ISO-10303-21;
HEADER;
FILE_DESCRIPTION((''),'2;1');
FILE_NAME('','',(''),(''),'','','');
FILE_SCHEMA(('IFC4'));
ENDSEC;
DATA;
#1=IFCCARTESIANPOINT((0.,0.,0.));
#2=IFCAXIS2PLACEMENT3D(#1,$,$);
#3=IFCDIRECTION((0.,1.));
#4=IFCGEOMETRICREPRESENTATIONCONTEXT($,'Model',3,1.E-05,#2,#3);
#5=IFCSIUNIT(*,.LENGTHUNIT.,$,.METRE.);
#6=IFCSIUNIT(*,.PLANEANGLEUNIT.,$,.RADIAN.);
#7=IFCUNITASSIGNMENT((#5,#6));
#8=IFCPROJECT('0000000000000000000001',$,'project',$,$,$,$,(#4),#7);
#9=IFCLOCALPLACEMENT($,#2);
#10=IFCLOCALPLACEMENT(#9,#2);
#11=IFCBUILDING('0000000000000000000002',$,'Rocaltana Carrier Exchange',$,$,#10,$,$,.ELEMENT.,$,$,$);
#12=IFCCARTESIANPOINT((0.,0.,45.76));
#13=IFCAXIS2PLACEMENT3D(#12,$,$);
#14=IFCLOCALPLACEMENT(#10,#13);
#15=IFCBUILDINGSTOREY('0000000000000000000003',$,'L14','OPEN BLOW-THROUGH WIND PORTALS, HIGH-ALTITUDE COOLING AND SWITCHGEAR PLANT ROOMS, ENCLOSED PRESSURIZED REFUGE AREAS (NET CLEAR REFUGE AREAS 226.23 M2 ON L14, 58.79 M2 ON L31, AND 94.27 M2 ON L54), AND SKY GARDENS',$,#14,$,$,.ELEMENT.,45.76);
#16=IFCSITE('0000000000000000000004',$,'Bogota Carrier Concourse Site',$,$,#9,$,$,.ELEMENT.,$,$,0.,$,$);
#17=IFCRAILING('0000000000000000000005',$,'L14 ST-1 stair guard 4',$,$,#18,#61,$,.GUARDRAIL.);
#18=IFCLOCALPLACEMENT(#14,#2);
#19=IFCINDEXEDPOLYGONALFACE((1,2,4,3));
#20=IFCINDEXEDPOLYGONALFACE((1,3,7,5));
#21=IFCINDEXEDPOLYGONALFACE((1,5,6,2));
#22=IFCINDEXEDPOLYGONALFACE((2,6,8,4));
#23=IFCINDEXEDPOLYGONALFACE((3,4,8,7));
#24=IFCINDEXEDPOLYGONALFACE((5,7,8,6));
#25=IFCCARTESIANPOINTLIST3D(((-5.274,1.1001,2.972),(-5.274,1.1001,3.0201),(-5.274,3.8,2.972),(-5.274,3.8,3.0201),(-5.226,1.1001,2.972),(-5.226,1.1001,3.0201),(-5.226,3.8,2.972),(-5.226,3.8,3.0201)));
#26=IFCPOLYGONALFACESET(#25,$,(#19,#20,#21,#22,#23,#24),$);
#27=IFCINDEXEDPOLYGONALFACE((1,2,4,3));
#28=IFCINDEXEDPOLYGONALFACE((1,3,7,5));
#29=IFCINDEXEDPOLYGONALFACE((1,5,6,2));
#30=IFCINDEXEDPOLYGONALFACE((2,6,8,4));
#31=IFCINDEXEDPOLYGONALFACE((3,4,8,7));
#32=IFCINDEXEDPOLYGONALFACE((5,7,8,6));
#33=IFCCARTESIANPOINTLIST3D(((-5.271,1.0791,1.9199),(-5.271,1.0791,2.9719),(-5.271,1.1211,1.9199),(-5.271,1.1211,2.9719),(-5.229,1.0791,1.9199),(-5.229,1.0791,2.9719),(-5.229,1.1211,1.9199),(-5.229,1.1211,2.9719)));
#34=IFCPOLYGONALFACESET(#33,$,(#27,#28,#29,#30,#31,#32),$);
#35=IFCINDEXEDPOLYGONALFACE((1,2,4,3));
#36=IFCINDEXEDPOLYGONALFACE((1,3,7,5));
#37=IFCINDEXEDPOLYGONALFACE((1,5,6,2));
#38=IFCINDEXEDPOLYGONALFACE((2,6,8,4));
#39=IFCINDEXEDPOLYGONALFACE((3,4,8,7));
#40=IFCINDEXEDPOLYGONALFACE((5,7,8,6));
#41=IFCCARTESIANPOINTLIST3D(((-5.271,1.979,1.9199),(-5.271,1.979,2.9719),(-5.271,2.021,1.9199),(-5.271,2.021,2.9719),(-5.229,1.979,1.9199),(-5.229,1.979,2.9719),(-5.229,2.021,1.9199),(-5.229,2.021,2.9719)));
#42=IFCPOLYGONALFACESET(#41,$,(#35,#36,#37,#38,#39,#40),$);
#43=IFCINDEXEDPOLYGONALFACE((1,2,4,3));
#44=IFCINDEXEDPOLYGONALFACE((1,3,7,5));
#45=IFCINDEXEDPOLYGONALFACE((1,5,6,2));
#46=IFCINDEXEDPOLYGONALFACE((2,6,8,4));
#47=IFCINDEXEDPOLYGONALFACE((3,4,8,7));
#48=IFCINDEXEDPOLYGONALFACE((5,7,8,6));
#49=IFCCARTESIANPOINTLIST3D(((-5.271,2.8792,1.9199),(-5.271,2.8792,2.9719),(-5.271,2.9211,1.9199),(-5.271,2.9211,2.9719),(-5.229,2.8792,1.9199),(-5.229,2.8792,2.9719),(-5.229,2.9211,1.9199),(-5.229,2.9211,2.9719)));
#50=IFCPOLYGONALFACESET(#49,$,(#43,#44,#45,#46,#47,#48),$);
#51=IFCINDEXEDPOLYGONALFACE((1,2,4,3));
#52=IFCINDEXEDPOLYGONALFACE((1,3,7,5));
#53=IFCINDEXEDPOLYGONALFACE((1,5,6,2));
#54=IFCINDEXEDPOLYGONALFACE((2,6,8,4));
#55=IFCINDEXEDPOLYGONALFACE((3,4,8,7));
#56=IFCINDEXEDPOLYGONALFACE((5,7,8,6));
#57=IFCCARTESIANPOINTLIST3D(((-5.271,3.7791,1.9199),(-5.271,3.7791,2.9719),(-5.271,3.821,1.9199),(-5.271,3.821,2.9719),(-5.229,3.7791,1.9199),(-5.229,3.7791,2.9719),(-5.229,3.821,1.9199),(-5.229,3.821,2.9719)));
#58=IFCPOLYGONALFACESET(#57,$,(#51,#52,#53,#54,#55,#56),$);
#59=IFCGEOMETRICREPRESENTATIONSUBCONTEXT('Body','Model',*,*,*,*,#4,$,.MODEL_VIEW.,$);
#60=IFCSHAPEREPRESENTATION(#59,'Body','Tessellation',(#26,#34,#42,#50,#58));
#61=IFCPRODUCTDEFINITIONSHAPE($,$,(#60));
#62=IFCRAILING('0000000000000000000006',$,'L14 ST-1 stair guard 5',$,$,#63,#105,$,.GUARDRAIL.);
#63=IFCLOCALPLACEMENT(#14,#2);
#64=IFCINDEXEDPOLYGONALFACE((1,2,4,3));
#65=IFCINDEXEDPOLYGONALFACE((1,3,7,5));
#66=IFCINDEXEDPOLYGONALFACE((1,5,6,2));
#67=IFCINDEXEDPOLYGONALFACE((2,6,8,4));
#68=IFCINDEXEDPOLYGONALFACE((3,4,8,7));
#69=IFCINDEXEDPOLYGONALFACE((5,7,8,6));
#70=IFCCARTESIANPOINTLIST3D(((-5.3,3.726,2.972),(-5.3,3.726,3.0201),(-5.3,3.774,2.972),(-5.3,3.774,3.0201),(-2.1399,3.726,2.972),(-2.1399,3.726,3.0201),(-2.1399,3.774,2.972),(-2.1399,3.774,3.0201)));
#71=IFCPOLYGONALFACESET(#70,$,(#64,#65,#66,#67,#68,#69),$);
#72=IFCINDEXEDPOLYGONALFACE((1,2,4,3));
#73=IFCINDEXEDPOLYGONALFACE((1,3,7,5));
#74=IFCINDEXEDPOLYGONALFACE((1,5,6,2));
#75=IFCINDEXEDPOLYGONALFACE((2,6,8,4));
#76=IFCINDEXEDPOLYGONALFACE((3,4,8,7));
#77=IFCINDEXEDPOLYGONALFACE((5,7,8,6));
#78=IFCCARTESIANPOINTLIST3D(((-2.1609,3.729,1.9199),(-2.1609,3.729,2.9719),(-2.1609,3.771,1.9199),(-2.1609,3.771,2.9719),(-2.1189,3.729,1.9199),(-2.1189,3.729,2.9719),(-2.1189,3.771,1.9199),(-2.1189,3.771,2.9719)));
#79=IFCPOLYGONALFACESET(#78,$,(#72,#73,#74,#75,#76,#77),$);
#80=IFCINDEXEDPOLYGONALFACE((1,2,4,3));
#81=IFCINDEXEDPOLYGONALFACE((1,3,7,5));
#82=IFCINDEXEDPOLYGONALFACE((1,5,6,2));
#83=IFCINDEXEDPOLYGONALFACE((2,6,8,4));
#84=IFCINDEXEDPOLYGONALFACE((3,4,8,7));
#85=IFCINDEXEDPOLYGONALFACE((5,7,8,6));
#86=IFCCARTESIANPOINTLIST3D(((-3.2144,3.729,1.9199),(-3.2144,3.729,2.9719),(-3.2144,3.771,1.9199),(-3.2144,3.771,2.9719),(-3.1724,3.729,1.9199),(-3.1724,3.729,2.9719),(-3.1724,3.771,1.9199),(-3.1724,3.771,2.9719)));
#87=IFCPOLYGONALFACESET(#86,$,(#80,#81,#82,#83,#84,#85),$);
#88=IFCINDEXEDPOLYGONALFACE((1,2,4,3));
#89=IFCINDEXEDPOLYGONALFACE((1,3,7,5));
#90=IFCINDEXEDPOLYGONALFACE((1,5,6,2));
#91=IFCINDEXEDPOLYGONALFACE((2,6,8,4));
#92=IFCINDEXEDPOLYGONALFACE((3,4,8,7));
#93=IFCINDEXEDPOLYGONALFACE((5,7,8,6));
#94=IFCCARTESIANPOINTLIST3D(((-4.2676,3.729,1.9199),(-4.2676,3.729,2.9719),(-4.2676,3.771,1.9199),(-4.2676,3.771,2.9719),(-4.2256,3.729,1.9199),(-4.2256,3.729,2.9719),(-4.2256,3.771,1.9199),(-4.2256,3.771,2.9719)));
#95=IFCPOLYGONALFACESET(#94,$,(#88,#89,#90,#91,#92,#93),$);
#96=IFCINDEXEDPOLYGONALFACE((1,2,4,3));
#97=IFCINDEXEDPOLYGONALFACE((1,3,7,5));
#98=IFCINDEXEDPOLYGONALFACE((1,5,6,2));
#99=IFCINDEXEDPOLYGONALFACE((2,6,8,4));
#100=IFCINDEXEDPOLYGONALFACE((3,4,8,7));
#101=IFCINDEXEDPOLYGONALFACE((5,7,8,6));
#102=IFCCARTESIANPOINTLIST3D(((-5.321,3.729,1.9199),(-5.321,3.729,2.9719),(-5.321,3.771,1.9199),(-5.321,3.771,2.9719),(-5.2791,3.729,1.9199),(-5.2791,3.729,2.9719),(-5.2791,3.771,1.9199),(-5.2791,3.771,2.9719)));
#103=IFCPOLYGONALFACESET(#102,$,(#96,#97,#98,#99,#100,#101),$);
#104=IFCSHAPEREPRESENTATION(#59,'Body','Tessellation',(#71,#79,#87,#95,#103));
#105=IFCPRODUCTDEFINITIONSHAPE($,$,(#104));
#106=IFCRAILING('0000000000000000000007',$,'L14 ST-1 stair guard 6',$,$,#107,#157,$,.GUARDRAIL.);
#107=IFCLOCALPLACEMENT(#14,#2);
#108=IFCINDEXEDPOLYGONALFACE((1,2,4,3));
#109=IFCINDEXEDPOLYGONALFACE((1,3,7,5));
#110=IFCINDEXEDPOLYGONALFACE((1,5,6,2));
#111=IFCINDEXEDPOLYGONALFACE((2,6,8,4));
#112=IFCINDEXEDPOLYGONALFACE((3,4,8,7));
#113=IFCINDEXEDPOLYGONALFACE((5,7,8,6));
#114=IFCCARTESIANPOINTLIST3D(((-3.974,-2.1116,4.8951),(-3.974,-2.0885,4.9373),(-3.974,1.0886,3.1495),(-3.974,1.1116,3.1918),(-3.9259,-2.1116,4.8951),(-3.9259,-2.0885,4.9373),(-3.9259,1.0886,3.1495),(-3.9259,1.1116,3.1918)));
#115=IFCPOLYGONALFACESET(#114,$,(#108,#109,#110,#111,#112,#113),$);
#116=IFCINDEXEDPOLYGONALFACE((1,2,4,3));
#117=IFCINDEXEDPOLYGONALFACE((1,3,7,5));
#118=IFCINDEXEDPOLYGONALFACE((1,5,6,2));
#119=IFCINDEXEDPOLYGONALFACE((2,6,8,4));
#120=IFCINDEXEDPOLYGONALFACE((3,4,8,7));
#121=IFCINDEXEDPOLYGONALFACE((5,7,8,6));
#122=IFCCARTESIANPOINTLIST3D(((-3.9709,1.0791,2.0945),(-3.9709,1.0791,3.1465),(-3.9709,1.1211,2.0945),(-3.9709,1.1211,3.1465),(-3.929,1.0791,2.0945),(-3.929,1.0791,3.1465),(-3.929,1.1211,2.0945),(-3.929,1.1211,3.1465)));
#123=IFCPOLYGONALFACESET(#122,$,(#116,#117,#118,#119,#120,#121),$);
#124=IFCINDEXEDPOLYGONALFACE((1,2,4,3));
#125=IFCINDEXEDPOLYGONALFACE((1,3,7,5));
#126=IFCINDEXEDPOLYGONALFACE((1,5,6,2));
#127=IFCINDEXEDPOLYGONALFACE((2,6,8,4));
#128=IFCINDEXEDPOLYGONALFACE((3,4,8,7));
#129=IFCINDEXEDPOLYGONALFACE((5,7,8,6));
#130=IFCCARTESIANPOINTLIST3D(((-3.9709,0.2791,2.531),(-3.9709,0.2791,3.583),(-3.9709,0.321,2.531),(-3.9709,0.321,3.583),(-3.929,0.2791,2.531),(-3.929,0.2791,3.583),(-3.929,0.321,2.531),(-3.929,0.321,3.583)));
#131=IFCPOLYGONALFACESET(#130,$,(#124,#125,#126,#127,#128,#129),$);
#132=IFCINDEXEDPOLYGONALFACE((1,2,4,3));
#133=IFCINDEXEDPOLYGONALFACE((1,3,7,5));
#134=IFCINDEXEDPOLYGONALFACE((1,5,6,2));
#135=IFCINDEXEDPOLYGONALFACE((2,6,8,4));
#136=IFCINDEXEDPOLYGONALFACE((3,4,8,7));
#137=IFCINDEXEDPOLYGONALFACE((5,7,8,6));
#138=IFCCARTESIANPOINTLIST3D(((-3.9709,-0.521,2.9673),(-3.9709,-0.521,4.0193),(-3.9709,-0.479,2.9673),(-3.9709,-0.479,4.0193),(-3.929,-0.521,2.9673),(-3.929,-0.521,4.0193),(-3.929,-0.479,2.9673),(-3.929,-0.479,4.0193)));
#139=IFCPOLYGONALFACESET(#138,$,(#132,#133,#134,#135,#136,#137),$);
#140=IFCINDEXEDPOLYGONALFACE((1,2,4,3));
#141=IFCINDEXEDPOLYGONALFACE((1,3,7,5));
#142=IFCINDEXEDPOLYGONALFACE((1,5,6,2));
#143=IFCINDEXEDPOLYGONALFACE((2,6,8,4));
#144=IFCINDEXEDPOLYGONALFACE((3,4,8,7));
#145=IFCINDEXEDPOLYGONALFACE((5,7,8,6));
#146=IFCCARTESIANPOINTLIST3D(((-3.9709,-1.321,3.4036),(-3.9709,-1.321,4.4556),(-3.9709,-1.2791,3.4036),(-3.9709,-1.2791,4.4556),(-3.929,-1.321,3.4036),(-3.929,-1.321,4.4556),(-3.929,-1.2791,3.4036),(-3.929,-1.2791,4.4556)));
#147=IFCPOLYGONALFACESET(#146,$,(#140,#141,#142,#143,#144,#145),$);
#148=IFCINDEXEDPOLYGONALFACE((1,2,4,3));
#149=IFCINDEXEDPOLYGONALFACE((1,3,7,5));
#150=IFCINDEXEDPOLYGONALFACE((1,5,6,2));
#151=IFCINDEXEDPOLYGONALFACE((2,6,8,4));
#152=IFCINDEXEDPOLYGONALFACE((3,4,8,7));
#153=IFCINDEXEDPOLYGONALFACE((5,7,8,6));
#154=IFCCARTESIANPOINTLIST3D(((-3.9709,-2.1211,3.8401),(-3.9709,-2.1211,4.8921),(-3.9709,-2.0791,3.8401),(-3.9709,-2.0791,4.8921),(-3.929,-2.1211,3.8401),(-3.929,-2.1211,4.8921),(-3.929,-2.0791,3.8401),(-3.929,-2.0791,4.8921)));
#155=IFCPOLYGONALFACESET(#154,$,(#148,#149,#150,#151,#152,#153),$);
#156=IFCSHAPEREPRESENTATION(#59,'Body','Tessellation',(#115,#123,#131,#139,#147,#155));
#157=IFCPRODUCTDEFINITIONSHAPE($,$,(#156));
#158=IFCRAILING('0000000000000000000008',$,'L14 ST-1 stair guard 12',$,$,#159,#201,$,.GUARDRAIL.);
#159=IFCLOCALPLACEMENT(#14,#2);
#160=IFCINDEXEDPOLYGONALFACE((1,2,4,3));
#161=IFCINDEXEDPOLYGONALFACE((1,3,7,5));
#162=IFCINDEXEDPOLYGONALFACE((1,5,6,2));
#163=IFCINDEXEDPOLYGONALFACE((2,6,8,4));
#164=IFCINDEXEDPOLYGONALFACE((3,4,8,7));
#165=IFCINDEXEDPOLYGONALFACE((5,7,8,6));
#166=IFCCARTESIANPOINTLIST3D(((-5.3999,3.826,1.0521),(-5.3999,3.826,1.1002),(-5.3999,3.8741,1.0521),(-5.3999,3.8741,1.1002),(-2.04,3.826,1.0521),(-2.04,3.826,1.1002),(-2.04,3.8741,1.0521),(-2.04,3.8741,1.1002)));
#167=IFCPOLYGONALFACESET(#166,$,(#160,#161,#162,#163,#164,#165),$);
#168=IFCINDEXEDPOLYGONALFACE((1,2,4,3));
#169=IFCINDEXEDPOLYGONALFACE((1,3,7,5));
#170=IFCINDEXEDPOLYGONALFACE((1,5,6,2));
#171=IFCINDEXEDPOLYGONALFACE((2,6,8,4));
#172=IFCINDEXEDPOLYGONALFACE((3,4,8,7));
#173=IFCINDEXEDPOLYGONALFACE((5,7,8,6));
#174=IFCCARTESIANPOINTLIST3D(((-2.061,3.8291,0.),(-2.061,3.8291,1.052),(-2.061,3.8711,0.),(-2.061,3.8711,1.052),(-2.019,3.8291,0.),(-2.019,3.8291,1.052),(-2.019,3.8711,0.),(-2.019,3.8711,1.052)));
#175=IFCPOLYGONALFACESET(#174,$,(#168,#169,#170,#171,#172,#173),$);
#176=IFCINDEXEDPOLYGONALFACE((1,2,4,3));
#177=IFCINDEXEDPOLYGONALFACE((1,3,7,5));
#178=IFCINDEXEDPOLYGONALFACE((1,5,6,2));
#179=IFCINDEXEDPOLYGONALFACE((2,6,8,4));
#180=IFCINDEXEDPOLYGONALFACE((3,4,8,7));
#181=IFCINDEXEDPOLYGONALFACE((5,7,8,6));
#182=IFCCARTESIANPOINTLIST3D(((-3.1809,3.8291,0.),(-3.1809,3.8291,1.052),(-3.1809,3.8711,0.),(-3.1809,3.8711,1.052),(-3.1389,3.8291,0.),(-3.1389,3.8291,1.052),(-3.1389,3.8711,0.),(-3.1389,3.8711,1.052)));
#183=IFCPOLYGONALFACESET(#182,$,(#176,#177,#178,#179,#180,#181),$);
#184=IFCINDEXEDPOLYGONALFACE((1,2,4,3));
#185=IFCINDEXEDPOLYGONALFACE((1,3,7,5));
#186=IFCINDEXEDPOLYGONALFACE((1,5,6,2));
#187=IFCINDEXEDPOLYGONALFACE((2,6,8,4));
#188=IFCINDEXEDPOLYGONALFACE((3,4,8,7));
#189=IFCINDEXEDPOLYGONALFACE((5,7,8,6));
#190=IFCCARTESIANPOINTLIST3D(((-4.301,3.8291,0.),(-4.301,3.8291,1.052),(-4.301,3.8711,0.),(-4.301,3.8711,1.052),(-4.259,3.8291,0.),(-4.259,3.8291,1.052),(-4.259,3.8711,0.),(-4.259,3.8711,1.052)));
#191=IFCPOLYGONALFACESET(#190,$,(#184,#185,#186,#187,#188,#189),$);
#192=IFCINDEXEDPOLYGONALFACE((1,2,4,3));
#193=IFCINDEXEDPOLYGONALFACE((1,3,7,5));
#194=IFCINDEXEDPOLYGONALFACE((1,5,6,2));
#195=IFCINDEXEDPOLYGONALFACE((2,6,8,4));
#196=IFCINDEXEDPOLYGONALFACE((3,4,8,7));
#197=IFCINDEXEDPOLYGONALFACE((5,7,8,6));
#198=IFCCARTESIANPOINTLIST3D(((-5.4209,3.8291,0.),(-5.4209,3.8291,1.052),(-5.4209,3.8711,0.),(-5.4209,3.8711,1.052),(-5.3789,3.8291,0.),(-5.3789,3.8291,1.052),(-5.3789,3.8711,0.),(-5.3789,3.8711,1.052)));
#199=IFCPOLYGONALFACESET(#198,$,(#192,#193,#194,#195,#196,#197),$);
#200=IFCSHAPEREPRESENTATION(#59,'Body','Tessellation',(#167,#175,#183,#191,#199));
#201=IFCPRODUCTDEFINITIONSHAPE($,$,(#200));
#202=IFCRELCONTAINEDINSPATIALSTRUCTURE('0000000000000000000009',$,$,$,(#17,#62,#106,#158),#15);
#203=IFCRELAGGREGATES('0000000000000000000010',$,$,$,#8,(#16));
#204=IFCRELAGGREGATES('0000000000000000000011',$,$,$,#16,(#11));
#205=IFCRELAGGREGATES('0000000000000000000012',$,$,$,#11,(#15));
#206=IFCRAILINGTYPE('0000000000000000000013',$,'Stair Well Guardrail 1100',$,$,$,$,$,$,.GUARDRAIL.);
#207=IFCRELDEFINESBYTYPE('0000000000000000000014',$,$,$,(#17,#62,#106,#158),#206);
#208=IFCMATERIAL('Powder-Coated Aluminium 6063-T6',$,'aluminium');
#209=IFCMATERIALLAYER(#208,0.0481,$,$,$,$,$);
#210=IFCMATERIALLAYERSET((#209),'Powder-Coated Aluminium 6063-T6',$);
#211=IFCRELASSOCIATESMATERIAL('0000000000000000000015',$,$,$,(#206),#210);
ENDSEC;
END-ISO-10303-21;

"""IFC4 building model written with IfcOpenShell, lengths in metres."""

from ifc_helpers import new_model, si_unit, direction, frame, origin, origin_2d, place, context, subcontext, project, spatial, rectangle, extrude, material, layer, layer_set, type_object, element, save


model = new_model("IFC4")

# Units and contexts
model_context = context("Model", 3, precision=1e-05, world=origin(), true_north=direction((0.0, 1.0)))
body_context = subcontext(model_context, "Body", "Model", "MODEL_VIEW")
ifc_project = project(units=[si_unit("LENGTHUNIT", "METRE"), si_unit("PLANEANGLEUNIT", "RADIAN")], contexts=[model_context])

# Site, building, storey
site_placement = place(None, origin())
site = spatial("IfcSite", under=ifc_project, at=site_placement, Name="Bogota Carrier Concourse Site", CompositionType="ELEMENT", RefElevation=0.0)
building_placement = place(site_placement, origin())
building = spatial("IfcBuilding", under=site, at=building_placement, Name="Rocaltana Carrier Exchange", CompositionType="ELEMENT")
storey_placement = place(building_placement, frame((0.0, 0.0, 45.76)))
storey = spatial("IfcBuildingStorey", under=building, at=storey_placement, Name="L14", Description="OPEN BLOW-THROUGH WIND PORTALS, HIGH-ALTITUDE COOLING AND SWITCHGEAR PLANT ROOMS, ENCLOSED PRESSURIZED REFUGE AREAS (NET CLEAR REFUGE AREAS 226.23 M2 ON L14, 58.79 M2 ON L31, AND 94.27 M2 ON L54), AND SKY GARDENS", CompositionType="ELEMENT", Elevation=45.76)

# Railings
ifc_material_1 = material(Name="Powder-Coated Aluminium 6063-T6", Category="aluminium")
ifc_layer_1 = layer(ifc_material_1, 0.0481)
ifc_layer_set_1 = layer_set([ifc_layer_1], Name="Powder-Coated Aluminium 6063-T6")
railing_type_1 = type_object("IfcRailingType", Name="Stair Well Guardrail 1100", PredefinedType="GUARDRAIL", material=ifc_layer_set_1)
for number, where, name in (
    (1, (-5.25, 1.1001, 1.9199), "L14 ST-1 stair guard 4"),
):
    element("IfcRailing", number, at=place(storey_placement, frame(where)), inside=storey, type_object=railing_type_1, Name=name, PredefinedType="GUARDRAIL", context=body_context, shape_type="SweptSolid", body=[
        extrude(rectangle(XDim=0.0481, YDim=0.0481, at=origin_2d()), frame((0.0, 0.0, 1.0762), z_axis=(0.0, 1.0, 0.0), x_axis=(-1.0, 0.0, 0.0)), (0.0, 0.0, 1.0), 2.7),
        extrude(rectangle(XDim=0.042, YDim=0.042, at=origin_2d()), origin(), (0.0, 0.0, 1.0), 1.052),
        extrude(rectangle(XDim=0.042, YDim=0.042, at=origin_2d()), frame((0.0, 0.8999, 0.0)), (0.0, 0.0, 1.0), 1.052),
        extrude(rectangle(XDim=0.042, YDim=0.042, at=origin_2d()), frame((0.0, 1.8, 0.0)), (0.0, 0.0, 1.0), 1.052),
        extrude(rectangle(XDim=0.042, YDim=0.042, at=origin_2d()), frame((0.0, 2.7, 0.0)), (0.0, 0.0, 1.0), 1.052),
    ])
railing_1_placement = place(storey_placement, frame((-2.1399, 3.75, 1.9199)))
element("IfcRailing", 2, at=railing_1_placement, inside=storey, type_object=railing_type_1, Name="L14 ST-1 stair guard 5", PredefinedType="GUARDRAIL", context=body_context, shape_type="SweptSolid", body=[
    extrude(rectangle(XDim=0.0481, YDim=0.0481, at=origin_2d()), frame((0.0, 0.0, 1.0762), z_axis=(-1.0, 0.0, 0.0), x_axis=(0.0, -1.0, 0.0)), (0.0, 0.0, 1.0), 3.1602),
    extrude(rectangle(XDim=0.042, YDim=0.042, at=origin_2d()), origin(), (0.0, 0.0, 1.0), 1.052),
    extrude(rectangle(XDim=0.042, YDim=0.042, at=origin_2d()), frame((-1.0535, 0.0, 0.0)), (0.0, 0.0, 1.0), 1.052),
    extrude(rectangle(XDim=0.042, YDim=0.042, at=origin_2d()), frame((-2.1067, 0.0, 0.0)), (0.0, 0.0, 1.0), 1.052),
    extrude(rectangle(XDim=0.042, YDim=0.042, at=origin_2d()), frame((-3.1602, 0.0, 0.0)), (0.0, 0.0, 1.0), 1.052),
])
railing_2_placement = place(storey_placement, frame((-3.95, 1.1001, 2.0945)))
element("IfcRailing", 3, at=railing_2_placement, inside=storey, type_object=railing_type_1, Name="L14 ST-1 stair guard 6", PredefinedType="GUARDRAIL", context=body_context, shape_type="SweptSolid", body=[
    extrude(rectangle(XDim=0.0481, YDim=0.0481, at=origin_2d()), frame((0.0, 0.0, 1.0762), z_axis=(0.0, -0.87789, 0.478862), x_axis=(1.0, 0.0, 0.0)), (0.0, 0.0, 1.0), 3.6453),
    extrude(rectangle(XDim=0.042, YDim=0.042, at=origin_2d()), origin(), (0.0, 0.0, 1.0), 1.052),
    extrude(rectangle(XDim=0.042, YDim=0.042, at=origin_2d()), frame((0.0, -0.8, 0.4365)), (0.0, 0.0, 1.0), 1.052),
    extrude(rectangle(XDim=0.042, YDim=0.042, at=origin_2d()), frame((0.0, -1.6001, 0.8728)), (0.0, 0.0, 1.0), 1.052),
    extrude(rectangle(XDim=0.042, YDim=0.042, at=origin_2d()), frame((0.0, -2.4001, 1.3091)), (0.0, 0.0, 1.0), 1.052),
    extrude(rectangle(XDim=0.042, YDim=0.042, at=origin_2d()), frame((0.0, -3.2002, 1.7456)), (0.0, 0.0, 1.0), 1.052),
])
railing_3_placement = place(storey_placement, frame((-2.04, 3.8501, 0.0)))
element("IfcRailing", 4, at=railing_3_placement, inside=storey, type_object=railing_type_1, Name="L14 ST-1 stair guard 12", PredefinedType="GUARDRAIL", context=body_context, shape_type="SweptSolid", body=[
    extrude(rectangle(XDim=0.0481, YDim=0.0481, at=origin_2d()), frame((0.0, 0.0, 1.0762), z_axis=(-1.0, 0.0, 0.0), x_axis=(0.0, -1.0, 0.0)), (0.0, 0.0, 1.0), 3.3599),
    extrude(rectangle(XDim=0.042, YDim=0.042, at=origin_2d()), origin(), (0.0, 0.0, 1.0), 1.052),
    extrude(rectangle(XDim=0.042, YDim=0.042, at=origin_2d()), frame((-1.1199, 0.0, 0.0)), (0.0, 0.0, 1.0), 1.052),
    extrude(rectangle(XDim=0.042, YDim=0.042, at=origin_2d()), frame((-2.24, 0.0, 0.0)), (0.0, 0.0, 1.0), 1.052),
    extrude(rectangle(XDim=0.042, YDim=0.042, at=origin_2d()), frame((-3.3599, 0.0, 0.0)), (0.0, 0.0, 1.0), 1.052),
])

save(model, "model.ifc")
